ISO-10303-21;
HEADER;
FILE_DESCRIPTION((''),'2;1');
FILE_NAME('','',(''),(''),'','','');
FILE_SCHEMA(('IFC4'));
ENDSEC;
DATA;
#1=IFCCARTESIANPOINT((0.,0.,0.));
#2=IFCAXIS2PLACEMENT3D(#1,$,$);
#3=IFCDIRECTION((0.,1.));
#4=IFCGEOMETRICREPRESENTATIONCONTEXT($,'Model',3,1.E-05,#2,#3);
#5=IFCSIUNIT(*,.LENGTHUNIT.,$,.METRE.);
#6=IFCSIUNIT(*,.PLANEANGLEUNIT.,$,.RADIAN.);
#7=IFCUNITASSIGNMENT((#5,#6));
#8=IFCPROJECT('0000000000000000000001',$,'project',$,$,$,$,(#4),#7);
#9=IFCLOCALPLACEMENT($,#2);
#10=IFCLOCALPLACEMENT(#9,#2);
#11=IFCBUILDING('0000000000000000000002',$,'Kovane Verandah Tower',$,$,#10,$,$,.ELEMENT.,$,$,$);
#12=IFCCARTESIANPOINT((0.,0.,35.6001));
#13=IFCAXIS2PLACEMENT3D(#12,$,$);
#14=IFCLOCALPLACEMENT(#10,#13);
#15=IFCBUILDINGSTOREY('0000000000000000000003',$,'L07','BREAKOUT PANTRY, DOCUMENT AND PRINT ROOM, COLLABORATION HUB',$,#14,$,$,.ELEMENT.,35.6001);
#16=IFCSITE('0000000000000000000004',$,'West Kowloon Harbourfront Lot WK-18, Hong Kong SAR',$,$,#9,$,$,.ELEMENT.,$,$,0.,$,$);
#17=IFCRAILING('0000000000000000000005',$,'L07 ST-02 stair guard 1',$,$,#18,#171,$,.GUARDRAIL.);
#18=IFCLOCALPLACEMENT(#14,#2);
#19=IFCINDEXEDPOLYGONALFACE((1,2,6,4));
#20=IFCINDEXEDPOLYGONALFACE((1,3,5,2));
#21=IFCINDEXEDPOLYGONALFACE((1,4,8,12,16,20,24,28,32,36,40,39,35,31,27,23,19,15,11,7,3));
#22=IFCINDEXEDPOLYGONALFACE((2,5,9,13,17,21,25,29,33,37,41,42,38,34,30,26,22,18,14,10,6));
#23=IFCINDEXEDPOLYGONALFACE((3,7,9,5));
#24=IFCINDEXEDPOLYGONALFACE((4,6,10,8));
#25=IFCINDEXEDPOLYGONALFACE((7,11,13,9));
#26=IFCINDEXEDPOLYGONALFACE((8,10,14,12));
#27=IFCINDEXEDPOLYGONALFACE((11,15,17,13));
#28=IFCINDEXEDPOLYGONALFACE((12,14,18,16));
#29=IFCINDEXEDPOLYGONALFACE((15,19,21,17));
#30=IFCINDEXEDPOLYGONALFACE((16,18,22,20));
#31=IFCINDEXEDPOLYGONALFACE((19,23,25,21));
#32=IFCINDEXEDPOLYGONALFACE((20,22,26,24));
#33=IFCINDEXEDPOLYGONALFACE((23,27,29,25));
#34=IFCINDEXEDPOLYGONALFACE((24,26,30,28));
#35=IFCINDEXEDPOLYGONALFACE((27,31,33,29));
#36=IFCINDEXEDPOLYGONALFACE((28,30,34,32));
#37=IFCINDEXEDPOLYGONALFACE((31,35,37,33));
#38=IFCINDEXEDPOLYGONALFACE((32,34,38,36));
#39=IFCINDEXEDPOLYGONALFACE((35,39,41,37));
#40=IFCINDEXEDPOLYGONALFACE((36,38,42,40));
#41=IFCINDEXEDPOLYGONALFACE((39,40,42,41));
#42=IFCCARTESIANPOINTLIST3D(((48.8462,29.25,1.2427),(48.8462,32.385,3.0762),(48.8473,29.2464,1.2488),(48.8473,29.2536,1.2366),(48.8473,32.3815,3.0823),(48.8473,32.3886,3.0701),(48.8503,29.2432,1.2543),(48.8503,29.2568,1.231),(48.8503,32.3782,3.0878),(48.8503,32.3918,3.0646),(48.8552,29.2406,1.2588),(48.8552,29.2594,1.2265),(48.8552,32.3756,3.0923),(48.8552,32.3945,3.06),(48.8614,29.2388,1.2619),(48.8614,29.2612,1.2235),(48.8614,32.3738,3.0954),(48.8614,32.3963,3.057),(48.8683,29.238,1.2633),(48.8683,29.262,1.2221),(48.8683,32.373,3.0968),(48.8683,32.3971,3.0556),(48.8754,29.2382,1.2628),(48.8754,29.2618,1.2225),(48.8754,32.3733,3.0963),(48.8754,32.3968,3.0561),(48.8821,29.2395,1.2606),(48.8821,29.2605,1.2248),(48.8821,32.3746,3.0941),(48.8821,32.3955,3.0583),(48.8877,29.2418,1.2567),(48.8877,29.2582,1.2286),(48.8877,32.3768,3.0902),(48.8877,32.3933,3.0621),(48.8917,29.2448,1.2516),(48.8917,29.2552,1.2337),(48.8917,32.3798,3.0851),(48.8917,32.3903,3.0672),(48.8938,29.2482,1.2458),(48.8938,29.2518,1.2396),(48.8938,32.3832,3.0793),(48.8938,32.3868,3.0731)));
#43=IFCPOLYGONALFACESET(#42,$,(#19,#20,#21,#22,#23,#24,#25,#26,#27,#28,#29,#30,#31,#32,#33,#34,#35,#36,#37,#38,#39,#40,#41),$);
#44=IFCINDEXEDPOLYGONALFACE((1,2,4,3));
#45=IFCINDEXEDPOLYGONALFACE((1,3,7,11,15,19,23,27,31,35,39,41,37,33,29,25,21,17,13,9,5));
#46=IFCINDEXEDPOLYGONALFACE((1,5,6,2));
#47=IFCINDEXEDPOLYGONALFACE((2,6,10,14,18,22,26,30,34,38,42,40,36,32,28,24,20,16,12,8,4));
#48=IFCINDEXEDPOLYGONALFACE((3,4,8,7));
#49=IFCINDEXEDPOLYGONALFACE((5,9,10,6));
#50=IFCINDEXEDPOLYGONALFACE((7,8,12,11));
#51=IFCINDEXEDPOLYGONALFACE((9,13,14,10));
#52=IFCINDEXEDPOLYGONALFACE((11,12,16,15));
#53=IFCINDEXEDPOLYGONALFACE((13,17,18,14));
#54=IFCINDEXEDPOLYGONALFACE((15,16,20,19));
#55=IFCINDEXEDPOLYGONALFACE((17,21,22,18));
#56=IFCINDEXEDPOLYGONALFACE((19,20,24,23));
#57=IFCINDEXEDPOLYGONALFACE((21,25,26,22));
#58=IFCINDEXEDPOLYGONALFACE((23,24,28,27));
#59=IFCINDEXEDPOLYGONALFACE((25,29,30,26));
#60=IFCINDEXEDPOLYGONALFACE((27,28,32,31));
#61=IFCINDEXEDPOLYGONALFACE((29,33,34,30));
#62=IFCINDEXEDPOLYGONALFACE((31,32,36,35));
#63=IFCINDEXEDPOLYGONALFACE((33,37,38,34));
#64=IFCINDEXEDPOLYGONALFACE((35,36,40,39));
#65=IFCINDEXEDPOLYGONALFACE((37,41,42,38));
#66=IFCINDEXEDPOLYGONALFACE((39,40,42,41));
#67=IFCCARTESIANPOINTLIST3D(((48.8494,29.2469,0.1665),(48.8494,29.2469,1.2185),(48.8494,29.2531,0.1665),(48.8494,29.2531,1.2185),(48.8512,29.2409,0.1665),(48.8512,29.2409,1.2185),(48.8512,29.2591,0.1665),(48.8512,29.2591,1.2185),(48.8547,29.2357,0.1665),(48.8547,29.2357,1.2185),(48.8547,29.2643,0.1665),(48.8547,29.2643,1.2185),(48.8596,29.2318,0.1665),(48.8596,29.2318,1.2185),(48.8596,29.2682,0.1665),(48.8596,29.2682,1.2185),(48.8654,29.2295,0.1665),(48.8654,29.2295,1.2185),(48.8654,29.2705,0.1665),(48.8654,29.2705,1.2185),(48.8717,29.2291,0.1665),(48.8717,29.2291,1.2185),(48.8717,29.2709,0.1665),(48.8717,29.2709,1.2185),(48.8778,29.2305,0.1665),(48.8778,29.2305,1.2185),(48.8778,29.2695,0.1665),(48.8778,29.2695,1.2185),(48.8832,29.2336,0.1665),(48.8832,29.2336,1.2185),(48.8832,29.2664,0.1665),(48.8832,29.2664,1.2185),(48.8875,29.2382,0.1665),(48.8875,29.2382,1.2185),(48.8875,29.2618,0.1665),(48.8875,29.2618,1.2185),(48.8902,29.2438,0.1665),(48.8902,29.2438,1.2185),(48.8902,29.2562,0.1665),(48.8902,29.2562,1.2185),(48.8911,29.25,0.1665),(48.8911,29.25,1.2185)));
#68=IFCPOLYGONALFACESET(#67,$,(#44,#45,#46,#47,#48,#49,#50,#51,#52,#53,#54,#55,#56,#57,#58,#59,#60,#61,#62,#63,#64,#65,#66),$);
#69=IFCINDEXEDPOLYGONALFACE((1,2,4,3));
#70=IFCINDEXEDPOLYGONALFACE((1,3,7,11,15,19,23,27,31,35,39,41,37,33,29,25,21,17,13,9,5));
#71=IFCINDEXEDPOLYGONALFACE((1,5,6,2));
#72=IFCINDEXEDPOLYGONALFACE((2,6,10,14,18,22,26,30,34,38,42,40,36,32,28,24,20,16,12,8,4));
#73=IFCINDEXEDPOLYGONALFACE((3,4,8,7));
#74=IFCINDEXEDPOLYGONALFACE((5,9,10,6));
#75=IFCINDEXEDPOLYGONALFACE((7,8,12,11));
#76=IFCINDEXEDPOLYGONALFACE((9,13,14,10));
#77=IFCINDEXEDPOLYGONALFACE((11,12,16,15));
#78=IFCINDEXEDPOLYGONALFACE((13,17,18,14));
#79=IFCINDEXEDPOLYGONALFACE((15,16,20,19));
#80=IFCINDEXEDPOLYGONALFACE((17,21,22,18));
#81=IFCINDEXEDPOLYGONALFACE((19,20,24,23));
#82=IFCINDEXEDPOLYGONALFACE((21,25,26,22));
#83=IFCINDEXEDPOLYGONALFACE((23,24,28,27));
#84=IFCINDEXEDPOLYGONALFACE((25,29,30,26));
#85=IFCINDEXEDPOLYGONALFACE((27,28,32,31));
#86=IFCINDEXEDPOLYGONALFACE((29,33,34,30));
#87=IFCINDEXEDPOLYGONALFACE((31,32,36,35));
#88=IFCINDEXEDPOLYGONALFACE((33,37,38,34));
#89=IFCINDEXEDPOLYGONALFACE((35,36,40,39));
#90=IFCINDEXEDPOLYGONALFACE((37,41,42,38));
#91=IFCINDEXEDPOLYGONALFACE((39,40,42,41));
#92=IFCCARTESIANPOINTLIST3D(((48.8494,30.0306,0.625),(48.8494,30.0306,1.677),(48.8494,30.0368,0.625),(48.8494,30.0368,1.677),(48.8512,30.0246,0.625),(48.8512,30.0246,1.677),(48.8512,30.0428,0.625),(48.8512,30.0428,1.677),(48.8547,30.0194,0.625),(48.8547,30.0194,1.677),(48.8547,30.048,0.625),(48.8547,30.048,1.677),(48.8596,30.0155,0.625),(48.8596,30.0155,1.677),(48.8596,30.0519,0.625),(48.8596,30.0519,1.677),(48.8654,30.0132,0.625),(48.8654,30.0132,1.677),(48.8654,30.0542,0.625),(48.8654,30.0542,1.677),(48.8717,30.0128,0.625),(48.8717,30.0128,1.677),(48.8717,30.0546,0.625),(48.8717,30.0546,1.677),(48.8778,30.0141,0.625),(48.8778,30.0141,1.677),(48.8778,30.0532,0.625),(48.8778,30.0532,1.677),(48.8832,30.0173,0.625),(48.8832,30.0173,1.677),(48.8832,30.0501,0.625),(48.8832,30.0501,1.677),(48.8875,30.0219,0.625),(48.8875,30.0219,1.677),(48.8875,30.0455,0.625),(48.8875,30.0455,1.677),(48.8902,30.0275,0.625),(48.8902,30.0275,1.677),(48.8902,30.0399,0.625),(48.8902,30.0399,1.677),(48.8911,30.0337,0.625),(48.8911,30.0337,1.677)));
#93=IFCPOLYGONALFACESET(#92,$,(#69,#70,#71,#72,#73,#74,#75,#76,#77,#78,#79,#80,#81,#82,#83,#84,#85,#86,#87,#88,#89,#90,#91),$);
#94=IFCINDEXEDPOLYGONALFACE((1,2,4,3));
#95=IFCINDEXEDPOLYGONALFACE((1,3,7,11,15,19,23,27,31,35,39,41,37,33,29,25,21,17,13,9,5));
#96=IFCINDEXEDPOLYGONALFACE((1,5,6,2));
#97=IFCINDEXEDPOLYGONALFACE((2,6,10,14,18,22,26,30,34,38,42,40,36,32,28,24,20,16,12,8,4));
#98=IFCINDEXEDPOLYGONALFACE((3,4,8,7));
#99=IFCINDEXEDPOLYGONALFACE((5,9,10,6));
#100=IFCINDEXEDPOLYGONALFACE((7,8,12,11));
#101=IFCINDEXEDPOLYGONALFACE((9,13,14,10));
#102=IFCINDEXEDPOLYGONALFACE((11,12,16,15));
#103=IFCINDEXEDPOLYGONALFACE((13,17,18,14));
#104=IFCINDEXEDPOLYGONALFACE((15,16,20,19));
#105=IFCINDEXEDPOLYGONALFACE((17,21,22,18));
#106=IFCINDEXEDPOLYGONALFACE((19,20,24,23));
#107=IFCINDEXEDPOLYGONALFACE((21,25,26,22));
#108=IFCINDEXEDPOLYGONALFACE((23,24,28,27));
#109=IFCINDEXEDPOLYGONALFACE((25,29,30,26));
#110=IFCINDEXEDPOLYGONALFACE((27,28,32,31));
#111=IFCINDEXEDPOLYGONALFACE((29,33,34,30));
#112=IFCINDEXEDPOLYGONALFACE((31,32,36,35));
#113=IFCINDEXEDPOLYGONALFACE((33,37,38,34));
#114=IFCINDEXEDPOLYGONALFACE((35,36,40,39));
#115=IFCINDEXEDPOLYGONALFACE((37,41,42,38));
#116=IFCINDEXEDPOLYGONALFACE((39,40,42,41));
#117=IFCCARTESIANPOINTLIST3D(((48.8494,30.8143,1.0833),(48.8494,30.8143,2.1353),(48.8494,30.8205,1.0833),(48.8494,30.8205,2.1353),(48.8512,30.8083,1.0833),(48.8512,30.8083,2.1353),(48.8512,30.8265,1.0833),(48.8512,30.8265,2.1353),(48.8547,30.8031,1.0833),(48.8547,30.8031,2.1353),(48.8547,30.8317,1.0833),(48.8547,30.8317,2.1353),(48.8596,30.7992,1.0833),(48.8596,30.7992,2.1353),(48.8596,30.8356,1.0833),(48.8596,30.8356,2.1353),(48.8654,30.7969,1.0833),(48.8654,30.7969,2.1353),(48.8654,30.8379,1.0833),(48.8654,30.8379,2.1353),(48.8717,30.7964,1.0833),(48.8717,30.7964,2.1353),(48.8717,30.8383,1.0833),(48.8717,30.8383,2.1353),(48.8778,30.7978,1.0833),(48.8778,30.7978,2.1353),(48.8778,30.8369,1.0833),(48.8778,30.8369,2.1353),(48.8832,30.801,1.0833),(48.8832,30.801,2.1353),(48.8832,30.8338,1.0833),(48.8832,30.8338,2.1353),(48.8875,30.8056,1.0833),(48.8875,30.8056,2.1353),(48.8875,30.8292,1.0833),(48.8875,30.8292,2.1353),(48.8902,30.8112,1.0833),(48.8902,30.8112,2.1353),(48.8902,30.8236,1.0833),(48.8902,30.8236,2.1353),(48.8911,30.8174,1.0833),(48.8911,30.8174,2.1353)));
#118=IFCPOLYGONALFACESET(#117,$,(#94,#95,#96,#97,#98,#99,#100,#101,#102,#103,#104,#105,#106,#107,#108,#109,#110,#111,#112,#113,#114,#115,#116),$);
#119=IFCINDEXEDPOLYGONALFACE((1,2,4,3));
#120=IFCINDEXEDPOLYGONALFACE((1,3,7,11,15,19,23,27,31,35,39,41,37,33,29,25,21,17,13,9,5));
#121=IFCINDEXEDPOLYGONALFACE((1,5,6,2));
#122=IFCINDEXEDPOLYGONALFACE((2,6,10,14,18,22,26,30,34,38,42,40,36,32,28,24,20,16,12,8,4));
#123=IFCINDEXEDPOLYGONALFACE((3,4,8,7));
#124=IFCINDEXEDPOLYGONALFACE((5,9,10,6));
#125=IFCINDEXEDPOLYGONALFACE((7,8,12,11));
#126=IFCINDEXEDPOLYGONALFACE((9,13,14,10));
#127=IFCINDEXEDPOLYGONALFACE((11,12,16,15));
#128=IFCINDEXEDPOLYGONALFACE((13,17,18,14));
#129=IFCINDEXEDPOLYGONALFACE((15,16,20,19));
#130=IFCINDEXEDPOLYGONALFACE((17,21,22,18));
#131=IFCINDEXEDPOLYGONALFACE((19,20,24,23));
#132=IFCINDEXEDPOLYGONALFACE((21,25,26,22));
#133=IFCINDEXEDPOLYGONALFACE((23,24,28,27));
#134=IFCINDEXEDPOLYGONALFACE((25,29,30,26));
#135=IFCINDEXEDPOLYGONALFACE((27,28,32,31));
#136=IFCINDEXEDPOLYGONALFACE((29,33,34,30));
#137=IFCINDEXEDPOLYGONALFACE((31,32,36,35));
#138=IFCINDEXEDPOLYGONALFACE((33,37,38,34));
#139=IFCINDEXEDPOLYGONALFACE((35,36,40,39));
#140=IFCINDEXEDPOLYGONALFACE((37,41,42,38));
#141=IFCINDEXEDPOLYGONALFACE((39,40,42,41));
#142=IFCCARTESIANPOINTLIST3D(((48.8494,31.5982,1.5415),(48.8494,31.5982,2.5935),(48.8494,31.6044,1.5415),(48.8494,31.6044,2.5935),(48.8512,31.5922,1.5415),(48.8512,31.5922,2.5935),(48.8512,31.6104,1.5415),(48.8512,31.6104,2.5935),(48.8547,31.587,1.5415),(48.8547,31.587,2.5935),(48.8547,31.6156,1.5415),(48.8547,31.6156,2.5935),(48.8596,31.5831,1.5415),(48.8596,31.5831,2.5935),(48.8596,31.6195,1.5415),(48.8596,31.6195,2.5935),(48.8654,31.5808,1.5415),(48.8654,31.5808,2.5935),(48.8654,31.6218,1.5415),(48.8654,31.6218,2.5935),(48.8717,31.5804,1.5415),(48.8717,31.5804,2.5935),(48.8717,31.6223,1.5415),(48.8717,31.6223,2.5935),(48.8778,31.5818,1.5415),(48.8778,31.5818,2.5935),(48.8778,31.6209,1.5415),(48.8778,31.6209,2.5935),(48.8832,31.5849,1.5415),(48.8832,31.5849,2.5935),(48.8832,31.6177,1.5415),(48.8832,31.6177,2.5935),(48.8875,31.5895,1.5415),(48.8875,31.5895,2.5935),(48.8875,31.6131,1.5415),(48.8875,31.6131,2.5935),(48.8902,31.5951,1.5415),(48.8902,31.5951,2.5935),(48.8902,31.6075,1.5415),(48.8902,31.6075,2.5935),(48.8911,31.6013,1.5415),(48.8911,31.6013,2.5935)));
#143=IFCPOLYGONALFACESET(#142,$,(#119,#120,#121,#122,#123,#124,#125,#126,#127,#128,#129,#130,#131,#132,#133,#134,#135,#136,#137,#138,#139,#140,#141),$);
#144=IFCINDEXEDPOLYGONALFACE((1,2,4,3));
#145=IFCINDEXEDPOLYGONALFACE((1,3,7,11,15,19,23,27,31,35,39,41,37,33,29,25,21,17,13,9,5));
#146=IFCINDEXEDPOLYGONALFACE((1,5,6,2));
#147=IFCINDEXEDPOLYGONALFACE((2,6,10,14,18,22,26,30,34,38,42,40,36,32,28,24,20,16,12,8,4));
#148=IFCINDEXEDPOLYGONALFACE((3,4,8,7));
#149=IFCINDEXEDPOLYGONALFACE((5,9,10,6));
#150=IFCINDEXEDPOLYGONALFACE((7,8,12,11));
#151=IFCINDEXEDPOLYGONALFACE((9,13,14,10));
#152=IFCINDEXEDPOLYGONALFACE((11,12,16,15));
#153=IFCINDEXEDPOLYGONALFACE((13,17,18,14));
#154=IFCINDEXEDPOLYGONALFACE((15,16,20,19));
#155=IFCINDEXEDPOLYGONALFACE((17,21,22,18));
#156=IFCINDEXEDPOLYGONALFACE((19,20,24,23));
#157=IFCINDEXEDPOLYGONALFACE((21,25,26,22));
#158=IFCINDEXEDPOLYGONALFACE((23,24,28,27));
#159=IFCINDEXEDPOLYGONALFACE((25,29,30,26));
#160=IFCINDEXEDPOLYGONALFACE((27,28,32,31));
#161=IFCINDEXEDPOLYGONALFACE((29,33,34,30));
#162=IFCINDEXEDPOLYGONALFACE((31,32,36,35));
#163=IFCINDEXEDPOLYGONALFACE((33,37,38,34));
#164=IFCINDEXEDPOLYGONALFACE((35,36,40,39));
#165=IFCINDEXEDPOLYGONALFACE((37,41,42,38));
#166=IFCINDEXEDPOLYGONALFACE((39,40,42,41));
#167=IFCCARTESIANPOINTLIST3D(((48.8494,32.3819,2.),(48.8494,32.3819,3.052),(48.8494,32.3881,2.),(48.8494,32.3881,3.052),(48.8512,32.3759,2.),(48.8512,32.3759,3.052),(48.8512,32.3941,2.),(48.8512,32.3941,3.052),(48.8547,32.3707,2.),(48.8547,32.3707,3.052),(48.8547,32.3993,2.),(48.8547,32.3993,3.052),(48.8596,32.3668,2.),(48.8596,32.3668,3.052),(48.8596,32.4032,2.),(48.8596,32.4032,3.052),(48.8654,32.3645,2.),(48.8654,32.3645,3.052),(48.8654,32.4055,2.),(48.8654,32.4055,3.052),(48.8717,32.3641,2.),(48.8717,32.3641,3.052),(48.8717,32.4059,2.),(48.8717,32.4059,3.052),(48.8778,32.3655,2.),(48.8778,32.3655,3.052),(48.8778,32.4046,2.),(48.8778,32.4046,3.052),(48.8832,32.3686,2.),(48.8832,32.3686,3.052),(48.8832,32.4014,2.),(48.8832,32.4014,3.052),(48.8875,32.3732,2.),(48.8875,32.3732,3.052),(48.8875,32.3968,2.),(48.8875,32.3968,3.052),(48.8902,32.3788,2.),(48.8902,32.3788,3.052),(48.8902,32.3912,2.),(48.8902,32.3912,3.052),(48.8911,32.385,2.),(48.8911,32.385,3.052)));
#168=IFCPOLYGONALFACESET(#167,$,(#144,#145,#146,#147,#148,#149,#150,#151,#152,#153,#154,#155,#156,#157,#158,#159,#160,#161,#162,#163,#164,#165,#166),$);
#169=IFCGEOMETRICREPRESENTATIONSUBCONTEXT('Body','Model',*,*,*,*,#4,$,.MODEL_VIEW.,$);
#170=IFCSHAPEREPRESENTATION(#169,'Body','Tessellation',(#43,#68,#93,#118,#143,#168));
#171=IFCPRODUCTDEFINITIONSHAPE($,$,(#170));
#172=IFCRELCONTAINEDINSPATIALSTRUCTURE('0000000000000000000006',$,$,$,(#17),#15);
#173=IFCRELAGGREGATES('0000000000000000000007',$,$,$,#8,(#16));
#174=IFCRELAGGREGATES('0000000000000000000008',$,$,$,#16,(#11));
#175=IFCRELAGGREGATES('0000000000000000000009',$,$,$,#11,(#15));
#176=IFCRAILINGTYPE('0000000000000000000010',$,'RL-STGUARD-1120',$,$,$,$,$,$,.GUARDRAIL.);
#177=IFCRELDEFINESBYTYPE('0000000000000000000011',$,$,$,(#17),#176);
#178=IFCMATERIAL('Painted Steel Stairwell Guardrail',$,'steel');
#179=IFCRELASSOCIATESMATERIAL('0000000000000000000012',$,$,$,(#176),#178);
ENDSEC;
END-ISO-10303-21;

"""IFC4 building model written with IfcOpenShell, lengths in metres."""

from ifc_helpers import new_model, si_unit, direction, frame, origin, origin_2d, place, context, subcontext, project, spatial, circle, extrude, material, type_object, element, save


model = new_model("IFC4")

# Units and contexts
model_context = context("Model", 3, precision=1e-05, world=origin(), true_north=direction((0.0, 1.0)))
body_context = subcontext(model_context, "Body", "Model", "MODEL_VIEW")
ifc_project = project(units=[si_unit("LENGTHUNIT", "METRE"), si_unit("PLANEANGLEUNIT", "RADIAN")], contexts=[model_context])

# Site, building, storey
site_placement = place(None, origin())
site = spatial("IfcSite", under=ifc_project, at=site_placement, Name="West Kowloon Harbourfront Lot WK-18, Hong Kong SAR", CompositionType="ELEMENT", RefElevation=0.0)
building_placement = place(site_placement, origin())
building = spatial("IfcBuilding", under=site, at=building_placement, Name="Kovane Verandah Tower", CompositionType="ELEMENT")
storey_placement = place(building_placement, frame((0.0, 0.0, 35.6001)))
storey = spatial("IfcBuildingStorey", under=building, at=storey_placement, Name="L07", Description="BREAKOUT PANTRY, DOCUMENT AND PRINT ROOM, COLLABORATION HUB", CompositionType="ELEMENT", Elevation=35.6001)

# Railing
ifc_material_1 = material(Name="Painted Steel Stairwell Guardrail", Category="steel")
railing_type_1 = type_object("IfcRailingType", Name="RL-STGUARD-1120", PredefinedType="GUARDRAIL", material=ifc_material_1)
railing_1_placement = place(storey_placement, frame((48.8701, 29.25, 0.1665)))
element("IfcRailing", 1, at=railing_1_placement, inside=storey, type_object=railing_type_1, Name="L07 ST-02 stair guard 1", PredefinedType="GUARDRAIL", context=body_context, shape_type="SweptSolid", body=[
    extrude(circle(Radius=0.0239, at=origin_2d()), frame((0.0, 0.0, 1.0762), z_axis=(0.0, 0.86321, 0.504845), x_axis=(-1.0, 0.0, 0.0)), (0.0, 0.0, 1.0), 3.6318),
    extrude(circle(Radius=0.021, at=origin_2d()), origin(), (0.0, 0.0, 1.0), 1.052),
    extrude(circle(Radius=0.021, at=origin_2d()), frame((0.0, 0.7837, 0.4585)), (0.0, 0.0, 1.0), 1.052),
    extrude(circle(Radius=0.021, at=origin_2d()), frame((0.0, 1.5674, 0.9167)), (0.0, 0.0, 1.0), 1.052),
    extrude(circle(Radius=0.021, at=origin_2d()), frame((0.0, 2.3513, 1.375)), (0.0, 0.0, 1.0), 1.052),
    extrude(circle(Radius=0.021, at=origin_2d()), frame((0.0, 3.135, 1.8335)), (0.0, 0.0, 1.0), 1.052),
])

save(model, "model.ifc")
